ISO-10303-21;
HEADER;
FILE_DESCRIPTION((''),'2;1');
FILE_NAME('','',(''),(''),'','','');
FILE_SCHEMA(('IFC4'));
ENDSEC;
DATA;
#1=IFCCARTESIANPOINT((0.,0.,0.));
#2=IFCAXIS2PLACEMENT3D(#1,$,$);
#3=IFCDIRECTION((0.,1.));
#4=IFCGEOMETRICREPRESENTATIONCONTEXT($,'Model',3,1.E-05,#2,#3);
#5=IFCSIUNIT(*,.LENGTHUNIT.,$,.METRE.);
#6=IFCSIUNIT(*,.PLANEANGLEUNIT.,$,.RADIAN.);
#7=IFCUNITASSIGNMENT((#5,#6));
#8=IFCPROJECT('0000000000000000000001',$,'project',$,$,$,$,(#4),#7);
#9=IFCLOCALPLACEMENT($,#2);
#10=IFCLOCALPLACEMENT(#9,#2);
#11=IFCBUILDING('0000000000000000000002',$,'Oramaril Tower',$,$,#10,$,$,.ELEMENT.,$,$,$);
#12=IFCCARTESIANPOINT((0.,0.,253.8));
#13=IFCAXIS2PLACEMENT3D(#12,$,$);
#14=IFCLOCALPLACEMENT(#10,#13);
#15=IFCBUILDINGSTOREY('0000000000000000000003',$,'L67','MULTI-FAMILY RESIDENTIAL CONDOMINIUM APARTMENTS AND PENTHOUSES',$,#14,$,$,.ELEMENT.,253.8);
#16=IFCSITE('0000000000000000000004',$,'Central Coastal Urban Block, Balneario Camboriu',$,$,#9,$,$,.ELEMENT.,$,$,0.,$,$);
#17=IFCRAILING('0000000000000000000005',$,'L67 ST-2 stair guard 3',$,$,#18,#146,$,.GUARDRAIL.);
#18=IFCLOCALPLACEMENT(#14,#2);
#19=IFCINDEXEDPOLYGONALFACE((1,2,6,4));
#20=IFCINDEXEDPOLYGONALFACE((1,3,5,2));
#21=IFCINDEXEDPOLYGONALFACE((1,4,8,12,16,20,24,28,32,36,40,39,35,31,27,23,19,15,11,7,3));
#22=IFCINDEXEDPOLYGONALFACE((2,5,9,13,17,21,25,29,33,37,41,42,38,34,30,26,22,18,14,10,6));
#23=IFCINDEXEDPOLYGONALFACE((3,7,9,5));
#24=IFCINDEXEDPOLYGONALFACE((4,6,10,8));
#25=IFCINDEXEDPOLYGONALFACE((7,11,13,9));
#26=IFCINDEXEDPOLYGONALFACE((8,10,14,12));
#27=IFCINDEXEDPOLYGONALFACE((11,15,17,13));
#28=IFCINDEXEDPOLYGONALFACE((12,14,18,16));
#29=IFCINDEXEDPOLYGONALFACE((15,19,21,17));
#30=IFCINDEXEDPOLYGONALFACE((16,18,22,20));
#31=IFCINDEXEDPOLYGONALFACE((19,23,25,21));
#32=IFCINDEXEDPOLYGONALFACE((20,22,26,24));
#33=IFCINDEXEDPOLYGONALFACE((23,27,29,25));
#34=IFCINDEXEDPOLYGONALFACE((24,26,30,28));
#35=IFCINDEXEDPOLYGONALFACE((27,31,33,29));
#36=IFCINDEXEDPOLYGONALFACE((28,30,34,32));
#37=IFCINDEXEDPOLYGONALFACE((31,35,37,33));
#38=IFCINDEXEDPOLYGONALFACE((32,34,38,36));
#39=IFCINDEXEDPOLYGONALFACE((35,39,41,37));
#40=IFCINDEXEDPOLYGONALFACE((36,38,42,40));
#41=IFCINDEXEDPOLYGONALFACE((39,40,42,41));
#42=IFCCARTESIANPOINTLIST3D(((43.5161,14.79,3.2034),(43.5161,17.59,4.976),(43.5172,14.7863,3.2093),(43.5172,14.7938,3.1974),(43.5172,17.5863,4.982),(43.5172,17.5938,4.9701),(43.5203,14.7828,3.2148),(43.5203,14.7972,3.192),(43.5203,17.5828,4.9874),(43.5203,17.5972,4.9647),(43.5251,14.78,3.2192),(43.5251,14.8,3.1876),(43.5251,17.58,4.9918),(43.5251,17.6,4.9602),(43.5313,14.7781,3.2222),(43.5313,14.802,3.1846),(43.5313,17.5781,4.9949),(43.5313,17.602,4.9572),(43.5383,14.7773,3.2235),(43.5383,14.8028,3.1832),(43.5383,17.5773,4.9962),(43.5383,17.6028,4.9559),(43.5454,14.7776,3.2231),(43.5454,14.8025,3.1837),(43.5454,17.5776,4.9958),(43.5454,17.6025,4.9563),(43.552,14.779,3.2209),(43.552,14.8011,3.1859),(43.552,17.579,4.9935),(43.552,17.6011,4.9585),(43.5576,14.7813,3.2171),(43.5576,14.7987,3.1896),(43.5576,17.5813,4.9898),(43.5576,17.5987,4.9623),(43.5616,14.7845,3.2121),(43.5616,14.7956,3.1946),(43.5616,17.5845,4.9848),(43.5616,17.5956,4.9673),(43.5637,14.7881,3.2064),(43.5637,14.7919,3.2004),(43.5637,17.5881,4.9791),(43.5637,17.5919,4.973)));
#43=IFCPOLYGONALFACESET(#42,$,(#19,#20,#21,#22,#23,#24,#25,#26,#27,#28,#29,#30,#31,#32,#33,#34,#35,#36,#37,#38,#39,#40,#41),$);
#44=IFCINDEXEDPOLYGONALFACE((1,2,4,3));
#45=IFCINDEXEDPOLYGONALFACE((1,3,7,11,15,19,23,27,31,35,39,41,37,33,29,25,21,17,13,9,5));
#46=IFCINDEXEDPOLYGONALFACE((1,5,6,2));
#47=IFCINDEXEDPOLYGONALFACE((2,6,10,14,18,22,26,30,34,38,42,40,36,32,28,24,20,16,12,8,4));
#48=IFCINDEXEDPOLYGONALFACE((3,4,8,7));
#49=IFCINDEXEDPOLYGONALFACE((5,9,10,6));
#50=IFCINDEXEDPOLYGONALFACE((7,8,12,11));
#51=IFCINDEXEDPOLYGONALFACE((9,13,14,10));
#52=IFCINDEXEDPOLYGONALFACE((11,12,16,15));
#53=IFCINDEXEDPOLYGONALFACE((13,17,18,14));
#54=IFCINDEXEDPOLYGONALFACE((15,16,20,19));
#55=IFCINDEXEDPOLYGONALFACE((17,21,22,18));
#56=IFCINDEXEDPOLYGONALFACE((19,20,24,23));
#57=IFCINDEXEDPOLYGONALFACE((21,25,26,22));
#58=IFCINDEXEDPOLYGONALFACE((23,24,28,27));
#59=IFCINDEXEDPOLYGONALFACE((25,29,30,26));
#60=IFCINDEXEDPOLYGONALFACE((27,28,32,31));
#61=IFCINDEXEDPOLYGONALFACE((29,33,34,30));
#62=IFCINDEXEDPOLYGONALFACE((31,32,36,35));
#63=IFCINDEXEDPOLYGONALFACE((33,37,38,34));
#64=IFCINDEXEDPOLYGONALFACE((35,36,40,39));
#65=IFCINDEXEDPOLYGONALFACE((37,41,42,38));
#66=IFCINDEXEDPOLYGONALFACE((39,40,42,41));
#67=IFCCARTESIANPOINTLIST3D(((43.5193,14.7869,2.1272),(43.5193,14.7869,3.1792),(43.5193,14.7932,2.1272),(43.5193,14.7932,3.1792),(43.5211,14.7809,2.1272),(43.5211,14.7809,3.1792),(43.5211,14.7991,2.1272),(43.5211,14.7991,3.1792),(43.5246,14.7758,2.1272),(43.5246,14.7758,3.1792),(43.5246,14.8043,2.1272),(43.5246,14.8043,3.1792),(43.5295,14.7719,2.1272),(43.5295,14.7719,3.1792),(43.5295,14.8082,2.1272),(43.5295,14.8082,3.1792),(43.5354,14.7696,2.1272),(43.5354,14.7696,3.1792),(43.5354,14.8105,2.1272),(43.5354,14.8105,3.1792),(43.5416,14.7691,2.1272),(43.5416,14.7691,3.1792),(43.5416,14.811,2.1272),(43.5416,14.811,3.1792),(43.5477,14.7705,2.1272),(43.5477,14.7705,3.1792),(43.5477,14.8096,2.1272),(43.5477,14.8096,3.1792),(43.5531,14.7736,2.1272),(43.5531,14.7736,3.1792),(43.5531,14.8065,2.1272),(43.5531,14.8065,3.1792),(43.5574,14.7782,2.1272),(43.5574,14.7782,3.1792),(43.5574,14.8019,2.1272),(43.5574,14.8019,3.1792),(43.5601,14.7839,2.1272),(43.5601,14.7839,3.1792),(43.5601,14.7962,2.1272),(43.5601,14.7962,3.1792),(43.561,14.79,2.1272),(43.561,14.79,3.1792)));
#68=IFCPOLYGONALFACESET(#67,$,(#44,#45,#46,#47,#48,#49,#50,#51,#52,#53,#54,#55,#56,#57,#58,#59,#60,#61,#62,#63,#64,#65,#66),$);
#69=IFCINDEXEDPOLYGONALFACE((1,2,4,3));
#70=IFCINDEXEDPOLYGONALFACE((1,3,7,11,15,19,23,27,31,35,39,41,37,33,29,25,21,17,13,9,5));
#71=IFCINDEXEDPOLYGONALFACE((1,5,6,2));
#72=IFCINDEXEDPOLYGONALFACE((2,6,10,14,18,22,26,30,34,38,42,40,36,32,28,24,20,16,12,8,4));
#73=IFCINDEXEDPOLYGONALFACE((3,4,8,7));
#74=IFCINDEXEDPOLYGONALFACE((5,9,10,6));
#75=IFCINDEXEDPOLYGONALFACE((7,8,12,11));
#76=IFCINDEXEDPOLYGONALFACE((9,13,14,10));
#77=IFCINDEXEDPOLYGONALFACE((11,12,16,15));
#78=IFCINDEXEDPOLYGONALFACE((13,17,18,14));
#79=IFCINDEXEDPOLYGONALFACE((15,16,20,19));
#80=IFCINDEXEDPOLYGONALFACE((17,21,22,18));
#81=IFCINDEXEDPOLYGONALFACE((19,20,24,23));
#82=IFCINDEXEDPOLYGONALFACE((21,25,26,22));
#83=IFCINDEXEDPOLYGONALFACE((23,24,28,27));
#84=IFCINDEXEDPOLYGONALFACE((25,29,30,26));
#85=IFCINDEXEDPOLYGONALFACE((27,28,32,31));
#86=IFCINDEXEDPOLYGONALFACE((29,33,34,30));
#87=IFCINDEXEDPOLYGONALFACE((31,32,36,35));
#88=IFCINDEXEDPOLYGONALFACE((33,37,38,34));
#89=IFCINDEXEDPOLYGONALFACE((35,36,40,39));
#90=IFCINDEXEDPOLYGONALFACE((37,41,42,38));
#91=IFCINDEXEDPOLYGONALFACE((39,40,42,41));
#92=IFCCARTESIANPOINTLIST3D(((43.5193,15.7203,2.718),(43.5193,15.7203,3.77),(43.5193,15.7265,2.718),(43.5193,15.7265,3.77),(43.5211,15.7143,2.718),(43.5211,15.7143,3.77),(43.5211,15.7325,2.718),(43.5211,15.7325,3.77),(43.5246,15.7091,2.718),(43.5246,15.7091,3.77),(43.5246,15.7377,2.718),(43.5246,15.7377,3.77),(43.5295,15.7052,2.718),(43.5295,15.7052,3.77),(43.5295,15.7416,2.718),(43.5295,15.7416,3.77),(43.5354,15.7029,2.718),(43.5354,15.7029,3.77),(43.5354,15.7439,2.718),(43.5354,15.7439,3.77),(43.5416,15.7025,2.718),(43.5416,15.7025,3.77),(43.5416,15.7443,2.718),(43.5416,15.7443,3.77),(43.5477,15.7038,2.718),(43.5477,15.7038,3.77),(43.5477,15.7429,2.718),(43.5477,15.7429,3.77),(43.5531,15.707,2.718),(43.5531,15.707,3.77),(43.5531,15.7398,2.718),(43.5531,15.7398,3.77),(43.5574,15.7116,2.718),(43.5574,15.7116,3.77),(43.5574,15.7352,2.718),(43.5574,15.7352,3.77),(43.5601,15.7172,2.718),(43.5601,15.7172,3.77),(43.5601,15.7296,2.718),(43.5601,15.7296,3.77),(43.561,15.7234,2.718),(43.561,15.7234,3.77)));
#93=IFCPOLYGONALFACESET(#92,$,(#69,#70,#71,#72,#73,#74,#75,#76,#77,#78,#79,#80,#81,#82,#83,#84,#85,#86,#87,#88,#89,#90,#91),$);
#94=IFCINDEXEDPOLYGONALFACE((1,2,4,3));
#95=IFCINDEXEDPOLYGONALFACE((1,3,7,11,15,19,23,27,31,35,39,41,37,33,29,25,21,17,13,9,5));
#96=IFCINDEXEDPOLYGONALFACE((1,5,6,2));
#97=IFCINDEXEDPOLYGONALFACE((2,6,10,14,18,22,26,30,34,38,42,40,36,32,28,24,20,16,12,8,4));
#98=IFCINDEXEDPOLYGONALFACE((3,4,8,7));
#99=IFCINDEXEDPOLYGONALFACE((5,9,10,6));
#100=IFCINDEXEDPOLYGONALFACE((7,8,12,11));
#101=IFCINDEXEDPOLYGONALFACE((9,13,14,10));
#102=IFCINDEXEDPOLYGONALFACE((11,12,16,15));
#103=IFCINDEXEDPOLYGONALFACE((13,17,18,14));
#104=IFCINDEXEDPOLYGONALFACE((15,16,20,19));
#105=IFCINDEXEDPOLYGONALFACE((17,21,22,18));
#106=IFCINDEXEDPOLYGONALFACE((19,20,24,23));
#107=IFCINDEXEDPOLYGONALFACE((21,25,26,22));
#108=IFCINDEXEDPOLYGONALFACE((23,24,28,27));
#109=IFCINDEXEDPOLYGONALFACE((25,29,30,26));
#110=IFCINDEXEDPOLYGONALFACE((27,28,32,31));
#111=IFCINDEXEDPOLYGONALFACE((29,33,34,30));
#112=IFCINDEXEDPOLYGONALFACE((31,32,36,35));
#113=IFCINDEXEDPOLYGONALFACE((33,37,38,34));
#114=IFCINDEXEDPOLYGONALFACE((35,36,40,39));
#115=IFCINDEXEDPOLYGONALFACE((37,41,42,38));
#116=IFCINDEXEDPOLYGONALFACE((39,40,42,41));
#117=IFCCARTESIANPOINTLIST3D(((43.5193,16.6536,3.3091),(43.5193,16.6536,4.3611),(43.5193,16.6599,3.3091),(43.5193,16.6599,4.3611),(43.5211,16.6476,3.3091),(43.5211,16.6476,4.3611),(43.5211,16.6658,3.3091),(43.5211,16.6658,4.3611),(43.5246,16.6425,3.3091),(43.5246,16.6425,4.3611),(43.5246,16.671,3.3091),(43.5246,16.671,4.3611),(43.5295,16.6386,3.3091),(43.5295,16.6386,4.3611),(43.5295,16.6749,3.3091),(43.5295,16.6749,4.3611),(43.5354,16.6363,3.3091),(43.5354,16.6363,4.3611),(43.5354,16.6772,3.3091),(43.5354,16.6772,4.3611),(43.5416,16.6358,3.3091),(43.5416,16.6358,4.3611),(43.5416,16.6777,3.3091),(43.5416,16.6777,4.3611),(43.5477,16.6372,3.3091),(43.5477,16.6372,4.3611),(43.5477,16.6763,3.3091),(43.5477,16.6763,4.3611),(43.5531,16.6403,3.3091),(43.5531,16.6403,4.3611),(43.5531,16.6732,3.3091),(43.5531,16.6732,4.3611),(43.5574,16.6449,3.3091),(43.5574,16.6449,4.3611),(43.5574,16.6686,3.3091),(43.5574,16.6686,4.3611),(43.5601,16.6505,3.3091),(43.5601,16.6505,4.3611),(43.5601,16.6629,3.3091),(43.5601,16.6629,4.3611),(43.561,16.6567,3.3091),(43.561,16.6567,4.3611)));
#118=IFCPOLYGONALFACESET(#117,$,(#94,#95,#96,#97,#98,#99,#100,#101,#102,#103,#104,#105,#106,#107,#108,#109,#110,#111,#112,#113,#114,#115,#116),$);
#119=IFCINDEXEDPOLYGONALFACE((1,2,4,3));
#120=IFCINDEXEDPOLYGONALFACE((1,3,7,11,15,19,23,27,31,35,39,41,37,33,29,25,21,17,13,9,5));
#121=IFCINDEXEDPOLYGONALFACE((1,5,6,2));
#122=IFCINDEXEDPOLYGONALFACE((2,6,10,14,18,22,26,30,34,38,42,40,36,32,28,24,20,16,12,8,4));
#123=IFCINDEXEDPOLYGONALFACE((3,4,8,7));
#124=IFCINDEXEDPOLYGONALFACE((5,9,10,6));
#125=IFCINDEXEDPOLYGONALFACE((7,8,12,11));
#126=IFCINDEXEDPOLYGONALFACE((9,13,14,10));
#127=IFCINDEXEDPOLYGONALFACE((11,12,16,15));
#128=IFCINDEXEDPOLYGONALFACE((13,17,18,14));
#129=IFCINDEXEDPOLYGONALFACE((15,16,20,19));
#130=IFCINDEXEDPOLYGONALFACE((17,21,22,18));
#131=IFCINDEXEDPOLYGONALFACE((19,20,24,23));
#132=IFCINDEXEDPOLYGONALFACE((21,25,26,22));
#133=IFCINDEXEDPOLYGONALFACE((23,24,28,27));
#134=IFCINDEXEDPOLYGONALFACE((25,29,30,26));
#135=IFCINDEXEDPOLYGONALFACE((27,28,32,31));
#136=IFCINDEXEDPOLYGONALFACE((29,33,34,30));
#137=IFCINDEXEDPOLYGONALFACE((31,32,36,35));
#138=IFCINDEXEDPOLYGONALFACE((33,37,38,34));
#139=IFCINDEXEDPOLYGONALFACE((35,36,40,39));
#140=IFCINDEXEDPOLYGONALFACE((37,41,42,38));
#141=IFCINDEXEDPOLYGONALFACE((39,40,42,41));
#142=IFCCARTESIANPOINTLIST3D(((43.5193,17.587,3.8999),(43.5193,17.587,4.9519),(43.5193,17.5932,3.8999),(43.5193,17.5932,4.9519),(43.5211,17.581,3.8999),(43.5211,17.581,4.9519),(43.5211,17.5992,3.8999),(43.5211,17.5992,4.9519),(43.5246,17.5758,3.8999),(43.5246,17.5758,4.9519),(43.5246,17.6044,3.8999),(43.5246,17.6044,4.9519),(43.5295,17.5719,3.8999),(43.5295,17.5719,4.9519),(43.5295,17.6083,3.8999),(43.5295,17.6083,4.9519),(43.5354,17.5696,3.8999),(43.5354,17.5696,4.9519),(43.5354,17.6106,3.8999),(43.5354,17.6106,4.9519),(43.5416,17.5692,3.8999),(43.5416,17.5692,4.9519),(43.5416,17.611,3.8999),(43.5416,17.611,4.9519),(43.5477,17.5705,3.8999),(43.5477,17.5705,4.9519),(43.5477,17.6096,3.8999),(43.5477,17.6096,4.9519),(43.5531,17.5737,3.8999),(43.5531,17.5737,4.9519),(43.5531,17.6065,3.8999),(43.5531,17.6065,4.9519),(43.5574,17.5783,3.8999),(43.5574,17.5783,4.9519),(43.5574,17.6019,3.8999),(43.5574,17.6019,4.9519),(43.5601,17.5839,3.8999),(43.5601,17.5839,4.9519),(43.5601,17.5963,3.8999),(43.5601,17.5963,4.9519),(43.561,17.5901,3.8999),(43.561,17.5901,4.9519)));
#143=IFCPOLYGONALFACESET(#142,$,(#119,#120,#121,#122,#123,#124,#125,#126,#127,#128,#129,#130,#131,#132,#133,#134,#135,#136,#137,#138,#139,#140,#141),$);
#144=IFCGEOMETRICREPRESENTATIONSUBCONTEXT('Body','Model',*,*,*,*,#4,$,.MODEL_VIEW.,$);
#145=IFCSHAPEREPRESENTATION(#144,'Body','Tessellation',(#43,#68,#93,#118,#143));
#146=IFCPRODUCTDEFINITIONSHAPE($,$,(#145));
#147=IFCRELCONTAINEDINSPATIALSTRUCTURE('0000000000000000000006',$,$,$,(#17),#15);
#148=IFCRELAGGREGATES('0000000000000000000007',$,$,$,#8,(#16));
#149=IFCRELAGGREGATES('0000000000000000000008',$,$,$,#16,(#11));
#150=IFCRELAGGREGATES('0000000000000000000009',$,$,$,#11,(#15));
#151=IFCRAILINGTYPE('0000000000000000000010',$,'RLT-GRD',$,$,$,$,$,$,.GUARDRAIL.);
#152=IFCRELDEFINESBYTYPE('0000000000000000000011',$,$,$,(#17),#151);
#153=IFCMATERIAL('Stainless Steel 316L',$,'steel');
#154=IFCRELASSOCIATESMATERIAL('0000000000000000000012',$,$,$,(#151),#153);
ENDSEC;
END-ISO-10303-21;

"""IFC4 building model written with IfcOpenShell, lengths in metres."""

from ifc_helpers import new_model, si_unit, direction, frame, origin, origin_2d, place, context, subcontext, project, spatial, circle, extrude, material, type_object, element, save


model = new_model("IFC4")

# Units and contexts
model_context = context("Model", 3, precision=1e-05, world=origin(), true_north=direction((0.0, 1.0)))
body_context = subcontext(model_context, "Body", "Model", "MODEL_VIEW")
ifc_project = project(units=[si_unit("LENGTHUNIT", "METRE"), si_unit("PLANEANGLEUNIT", "RADIAN")], contexts=[model_context])

# Site, building, storey
site_placement = place(None, origin())
site = spatial("IfcSite", under=ifc_project, at=site_placement, Name="Central Coastal Urban Block, Balneario Camboriu", CompositionType="ELEMENT", RefElevation=0.0)
building_placement = place(site_placement, origin())
building = spatial("IfcBuilding", under=site, at=building_placement, Name="Oramaril Tower", CompositionType="ELEMENT")
storey_placement = place(building_placement, frame((0.0, 0.0, 253.8)))
storey = spatial("IfcBuildingStorey", under=building, at=storey_placement, Name="L67", Description="MULTI-FAMILY RESIDENTIAL CONDOMINIUM APARTMENTS AND PENTHOUSES", CompositionType="ELEMENT", Elevation=253.8)

# Railing
ifc_material_1 = material(Name="Stainless Steel 316L", Category="steel")
railing_type_1 = type_object("IfcRailingType", Name="RLT-GRD", PredefinedType="GUARDRAIL", material=ifc_material_1)
railing_1_placement = place(storey_placement, frame((43.54, 14.79, 2.1272)))
element("IfcRailing", 1, at=railing_1_placement, inside=storey, type_object=railing_type_1, Name="L67 ST-2 stair guard 3", PredefinedType="GUARDRAIL", context=body_context, shape_type="SweptSolid", body=[
    extrude(circle(Radius=0.0239, at=origin_2d()), frame((0.0, 0.0, 1.0762), z_axis=(0.0, 0.844909, 0.53491), x_axis=(-1.0, 0.0, 0.0)), (0.0, 0.0, 1.0), 3.314),
    extrude(circle(Radius=0.021, at=origin_2d()), origin(), (0.0, 0.0, 1.0), 1.052),
    extrude(circle(Radius=0.021, at=origin_2d()), frame((0.0, 0.9333, 0.5908)), (0.0, 0.0, 1.0), 1.052),
    extrude(circle(Radius=0.021, at=origin_2d()), frame((0.0, 1.8667, 1.1819)), (0.0, 0.0, 1.0), 1.052),
    extrude(circle(Radius=0.021, at=origin_2d()), frame((0.0, 2.8, 1.7727)), (0.0, 0.0, 1.0), 1.052),
])

save(model, "model.ifc")
